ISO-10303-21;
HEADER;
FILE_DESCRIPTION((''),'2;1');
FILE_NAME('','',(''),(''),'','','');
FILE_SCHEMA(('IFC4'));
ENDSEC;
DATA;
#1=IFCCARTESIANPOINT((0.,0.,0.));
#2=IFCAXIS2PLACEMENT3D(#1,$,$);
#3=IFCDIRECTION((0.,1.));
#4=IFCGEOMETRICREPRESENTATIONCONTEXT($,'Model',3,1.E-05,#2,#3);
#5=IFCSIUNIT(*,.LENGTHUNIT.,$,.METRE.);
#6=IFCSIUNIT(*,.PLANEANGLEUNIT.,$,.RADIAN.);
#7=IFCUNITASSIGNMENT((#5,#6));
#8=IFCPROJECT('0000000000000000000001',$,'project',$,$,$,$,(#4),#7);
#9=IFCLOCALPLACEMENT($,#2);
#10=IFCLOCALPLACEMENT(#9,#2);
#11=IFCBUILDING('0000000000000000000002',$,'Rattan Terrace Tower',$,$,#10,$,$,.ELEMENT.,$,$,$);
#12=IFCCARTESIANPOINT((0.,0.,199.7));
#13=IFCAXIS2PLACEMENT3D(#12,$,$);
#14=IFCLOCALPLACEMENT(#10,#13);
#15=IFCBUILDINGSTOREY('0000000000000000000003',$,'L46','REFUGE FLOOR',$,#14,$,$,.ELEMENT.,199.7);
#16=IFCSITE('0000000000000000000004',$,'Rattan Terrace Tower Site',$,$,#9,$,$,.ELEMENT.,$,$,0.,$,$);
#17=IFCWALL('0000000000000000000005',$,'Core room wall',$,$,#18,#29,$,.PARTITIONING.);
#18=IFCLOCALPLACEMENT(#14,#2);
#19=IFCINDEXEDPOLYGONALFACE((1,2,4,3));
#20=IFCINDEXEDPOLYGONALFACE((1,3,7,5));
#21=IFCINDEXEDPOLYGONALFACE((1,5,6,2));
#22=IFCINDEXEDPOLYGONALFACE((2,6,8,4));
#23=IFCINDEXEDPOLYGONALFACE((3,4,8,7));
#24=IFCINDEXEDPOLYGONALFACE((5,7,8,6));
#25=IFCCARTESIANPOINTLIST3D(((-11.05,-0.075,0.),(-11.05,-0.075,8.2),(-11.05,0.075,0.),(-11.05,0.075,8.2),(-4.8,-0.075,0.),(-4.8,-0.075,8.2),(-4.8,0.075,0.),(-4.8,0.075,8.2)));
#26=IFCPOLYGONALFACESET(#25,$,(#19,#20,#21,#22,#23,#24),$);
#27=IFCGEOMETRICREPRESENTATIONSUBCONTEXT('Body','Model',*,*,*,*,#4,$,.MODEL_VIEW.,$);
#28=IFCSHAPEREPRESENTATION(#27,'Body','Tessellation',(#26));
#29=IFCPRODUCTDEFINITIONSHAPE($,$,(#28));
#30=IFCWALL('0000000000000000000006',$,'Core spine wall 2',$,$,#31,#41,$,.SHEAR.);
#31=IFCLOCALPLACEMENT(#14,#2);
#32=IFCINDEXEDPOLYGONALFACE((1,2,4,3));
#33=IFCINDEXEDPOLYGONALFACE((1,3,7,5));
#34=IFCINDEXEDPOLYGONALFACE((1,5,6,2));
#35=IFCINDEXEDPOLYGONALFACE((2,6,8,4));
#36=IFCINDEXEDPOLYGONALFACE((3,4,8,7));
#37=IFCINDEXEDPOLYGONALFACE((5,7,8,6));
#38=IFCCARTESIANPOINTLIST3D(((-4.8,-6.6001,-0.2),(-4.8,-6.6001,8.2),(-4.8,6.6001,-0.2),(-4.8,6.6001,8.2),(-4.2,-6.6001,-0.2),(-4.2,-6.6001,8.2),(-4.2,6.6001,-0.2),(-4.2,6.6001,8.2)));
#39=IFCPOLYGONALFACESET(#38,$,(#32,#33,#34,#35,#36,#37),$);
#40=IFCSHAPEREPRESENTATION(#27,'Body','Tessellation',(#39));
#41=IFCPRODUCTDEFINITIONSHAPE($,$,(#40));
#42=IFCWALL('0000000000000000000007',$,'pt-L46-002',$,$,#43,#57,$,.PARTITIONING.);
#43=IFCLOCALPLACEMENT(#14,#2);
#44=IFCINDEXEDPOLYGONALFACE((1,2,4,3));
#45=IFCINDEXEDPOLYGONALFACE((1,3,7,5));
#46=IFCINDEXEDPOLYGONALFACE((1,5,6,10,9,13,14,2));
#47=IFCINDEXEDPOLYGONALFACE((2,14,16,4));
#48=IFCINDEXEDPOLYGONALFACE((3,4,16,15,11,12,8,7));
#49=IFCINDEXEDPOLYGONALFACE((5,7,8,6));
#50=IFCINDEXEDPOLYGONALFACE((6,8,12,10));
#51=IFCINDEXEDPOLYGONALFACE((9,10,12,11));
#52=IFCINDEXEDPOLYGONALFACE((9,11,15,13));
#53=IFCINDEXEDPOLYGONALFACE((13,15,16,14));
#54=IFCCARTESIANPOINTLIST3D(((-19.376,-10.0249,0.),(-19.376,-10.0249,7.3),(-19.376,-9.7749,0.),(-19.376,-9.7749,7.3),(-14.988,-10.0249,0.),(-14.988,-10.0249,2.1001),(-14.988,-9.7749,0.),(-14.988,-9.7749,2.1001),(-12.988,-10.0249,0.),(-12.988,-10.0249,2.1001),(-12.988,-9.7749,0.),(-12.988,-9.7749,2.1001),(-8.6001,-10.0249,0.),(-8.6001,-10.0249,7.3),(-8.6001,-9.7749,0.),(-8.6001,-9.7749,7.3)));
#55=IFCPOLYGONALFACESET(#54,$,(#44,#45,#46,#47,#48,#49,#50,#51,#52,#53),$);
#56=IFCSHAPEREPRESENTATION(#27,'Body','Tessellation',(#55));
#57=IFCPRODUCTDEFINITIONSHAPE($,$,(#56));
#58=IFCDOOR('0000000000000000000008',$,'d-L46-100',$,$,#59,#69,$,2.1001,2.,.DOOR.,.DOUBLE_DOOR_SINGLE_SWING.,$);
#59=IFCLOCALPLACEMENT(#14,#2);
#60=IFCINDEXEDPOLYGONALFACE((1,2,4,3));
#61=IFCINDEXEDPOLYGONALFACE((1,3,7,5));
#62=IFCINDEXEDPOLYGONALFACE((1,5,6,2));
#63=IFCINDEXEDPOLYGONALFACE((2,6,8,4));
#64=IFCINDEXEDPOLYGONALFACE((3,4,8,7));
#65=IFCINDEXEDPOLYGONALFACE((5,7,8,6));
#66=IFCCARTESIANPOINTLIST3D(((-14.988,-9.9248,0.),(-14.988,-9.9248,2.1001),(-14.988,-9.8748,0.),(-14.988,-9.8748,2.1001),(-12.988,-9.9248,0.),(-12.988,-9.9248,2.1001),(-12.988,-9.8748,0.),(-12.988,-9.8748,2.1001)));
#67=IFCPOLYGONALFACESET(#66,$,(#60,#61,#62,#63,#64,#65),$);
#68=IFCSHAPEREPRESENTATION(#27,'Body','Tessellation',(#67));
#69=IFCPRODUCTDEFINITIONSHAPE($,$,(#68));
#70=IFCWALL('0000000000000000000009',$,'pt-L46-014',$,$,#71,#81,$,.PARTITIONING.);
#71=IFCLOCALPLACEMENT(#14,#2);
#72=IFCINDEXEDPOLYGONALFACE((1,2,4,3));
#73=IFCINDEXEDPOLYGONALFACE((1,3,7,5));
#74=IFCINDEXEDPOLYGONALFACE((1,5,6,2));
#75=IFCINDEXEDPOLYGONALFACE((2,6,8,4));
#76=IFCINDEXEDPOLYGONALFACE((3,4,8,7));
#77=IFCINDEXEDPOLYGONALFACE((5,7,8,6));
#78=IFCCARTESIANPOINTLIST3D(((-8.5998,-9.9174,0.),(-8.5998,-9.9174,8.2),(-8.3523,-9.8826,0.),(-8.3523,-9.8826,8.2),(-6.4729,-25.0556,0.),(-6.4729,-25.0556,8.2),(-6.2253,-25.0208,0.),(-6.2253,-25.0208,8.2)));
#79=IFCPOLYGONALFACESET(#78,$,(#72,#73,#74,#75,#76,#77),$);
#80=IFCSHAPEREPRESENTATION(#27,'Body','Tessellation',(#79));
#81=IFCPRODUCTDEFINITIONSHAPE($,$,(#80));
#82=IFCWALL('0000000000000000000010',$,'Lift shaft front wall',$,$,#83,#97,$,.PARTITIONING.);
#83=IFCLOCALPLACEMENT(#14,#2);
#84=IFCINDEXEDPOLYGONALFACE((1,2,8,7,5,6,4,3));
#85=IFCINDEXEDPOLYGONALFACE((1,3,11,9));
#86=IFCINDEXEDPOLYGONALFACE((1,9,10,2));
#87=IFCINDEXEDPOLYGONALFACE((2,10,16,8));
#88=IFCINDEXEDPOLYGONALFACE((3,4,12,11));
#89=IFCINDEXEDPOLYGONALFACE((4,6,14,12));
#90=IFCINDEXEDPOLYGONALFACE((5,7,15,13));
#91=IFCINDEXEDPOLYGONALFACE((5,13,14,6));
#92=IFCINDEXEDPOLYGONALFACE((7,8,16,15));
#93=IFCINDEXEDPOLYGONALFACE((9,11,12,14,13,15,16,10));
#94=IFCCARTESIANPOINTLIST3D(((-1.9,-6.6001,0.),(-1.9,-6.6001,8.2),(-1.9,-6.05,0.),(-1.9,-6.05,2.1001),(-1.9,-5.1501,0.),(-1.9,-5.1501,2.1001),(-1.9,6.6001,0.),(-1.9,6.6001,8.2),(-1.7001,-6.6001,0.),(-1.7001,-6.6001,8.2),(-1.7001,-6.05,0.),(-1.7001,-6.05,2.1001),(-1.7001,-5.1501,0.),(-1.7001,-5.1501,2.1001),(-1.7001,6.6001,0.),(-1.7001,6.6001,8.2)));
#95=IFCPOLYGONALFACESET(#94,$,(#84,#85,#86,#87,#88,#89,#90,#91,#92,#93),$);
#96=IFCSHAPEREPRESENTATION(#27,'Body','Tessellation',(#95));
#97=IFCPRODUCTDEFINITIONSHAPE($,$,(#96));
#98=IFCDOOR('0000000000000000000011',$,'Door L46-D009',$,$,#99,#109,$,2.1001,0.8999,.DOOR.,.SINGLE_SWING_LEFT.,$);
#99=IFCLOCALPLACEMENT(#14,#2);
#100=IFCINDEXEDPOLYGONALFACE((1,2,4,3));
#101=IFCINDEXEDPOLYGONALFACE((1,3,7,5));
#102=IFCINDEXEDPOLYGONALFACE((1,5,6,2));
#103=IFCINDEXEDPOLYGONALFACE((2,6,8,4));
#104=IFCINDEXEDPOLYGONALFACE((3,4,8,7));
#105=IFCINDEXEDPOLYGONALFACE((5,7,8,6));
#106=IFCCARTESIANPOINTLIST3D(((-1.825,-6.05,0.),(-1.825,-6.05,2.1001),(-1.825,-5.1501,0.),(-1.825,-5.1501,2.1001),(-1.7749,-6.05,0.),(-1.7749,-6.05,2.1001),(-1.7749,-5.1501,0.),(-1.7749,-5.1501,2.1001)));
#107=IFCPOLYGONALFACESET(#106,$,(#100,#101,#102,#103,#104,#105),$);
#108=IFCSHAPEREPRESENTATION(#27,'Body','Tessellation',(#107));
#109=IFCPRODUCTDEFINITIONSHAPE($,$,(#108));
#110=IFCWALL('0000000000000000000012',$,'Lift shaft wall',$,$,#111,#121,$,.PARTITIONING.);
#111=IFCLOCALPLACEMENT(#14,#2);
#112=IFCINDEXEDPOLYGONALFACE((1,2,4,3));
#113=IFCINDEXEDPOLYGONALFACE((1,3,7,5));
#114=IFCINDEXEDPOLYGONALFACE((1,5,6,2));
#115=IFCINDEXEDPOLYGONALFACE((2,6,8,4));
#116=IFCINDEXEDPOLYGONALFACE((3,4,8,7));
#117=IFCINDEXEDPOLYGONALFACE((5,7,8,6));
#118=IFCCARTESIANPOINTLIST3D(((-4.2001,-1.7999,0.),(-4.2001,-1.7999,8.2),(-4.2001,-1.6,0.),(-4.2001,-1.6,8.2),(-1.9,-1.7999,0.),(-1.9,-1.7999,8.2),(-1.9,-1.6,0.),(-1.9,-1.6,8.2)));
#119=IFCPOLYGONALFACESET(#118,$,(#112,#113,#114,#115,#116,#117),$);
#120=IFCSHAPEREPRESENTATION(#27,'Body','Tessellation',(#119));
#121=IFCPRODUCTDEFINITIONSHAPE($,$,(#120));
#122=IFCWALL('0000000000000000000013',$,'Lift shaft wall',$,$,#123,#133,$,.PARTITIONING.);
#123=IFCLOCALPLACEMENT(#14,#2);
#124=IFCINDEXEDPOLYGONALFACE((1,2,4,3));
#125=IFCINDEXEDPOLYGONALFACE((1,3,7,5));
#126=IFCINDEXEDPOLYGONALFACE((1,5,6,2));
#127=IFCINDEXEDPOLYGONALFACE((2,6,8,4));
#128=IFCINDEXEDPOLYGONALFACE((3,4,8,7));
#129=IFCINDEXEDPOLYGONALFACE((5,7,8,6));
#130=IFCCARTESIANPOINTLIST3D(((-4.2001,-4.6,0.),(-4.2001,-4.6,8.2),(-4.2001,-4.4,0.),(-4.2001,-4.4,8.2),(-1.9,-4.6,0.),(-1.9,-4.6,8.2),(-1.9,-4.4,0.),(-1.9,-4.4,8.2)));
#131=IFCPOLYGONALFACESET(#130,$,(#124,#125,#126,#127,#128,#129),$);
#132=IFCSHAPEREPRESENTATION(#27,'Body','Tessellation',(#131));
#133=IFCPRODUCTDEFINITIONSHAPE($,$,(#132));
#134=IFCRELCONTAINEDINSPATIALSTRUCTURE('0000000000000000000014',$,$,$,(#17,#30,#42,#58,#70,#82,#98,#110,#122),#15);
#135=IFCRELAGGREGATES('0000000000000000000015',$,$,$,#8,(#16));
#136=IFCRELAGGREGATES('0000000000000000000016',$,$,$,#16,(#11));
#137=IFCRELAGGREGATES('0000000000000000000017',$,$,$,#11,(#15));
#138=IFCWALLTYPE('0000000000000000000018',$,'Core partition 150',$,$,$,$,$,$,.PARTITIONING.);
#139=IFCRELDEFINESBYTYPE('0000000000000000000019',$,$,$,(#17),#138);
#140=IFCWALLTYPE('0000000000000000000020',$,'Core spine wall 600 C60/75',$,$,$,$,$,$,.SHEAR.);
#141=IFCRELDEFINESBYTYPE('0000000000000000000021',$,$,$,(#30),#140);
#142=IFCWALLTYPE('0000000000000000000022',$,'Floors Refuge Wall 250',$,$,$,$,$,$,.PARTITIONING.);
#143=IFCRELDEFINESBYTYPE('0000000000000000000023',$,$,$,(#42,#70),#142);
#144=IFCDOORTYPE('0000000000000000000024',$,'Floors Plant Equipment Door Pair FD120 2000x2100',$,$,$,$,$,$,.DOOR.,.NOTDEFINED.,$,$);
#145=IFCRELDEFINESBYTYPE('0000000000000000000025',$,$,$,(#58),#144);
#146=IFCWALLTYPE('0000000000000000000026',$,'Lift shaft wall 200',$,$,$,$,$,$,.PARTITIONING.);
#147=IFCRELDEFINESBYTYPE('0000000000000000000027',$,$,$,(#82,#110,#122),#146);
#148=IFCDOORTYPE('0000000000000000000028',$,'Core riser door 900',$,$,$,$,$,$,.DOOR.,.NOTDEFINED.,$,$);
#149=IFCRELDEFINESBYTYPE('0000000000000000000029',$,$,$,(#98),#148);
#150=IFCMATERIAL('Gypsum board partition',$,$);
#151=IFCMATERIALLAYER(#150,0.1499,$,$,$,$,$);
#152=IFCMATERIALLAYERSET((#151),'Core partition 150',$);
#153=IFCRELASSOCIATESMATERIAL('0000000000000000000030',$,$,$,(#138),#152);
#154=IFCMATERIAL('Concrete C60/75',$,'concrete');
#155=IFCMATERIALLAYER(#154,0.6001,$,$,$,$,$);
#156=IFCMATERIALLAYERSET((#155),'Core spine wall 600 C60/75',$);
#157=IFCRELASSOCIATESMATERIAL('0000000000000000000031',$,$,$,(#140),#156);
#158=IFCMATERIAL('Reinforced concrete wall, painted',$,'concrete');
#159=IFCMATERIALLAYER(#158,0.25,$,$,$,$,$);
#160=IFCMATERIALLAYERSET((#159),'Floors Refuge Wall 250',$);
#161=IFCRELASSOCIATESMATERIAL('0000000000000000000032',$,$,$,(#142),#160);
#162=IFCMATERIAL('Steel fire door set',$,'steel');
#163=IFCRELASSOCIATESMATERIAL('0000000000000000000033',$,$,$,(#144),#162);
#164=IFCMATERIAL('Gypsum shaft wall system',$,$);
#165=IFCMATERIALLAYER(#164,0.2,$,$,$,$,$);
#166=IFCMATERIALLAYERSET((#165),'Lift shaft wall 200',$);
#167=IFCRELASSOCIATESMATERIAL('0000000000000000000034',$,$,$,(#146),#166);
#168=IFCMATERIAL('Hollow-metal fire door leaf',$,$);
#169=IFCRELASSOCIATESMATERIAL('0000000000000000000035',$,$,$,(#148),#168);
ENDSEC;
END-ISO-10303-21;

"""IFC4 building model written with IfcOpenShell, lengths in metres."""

from ifc_helpers import new_model, si_unit, direction, frame, frame_2d, origin, place, context, subcontext, project, spatial, rectangle, extrude, material, layer, layer_set, type_object, element, fill, save


model = new_model("IFC4")

# Units and contexts
model_context = context("Model", 3, precision=1e-05, world=origin(), true_north=direction((0.0, 1.0)))
body_context = subcontext(model_context, "Body", "Model", "MODEL_VIEW")
ifc_project = project(units=[si_unit("LENGTHUNIT", "METRE"), si_unit("PLANEANGLEUNIT", "RADIAN")], contexts=[model_context])

# Site, building, storey
site_placement = place(None, origin())
site = spatial("IfcSite", under=ifc_project, at=site_placement, Name="Rattan Terrace Tower Site", CompositionType="ELEMENT", RefElevation=0.0)
building_placement = place(site_placement, origin())
building = spatial("IfcBuilding", under=site, at=building_placement, Name="Rattan Terrace Tower", CompositionType="ELEMENT")
storey_placement = place(building_placement, frame((0.0, 0.0, 199.7)))
storey = spatial("IfcBuildingStorey", under=building, at=storey_placement, Name="L46", Description="REFUGE FLOOR", CompositionType="ELEMENT", Elevation=199.7)

# Shared definitions
ifc_material_1 = material(Name="Gypsum board partition")
ifc_layer_1 = layer(ifc_material_1, 0.1499)
ifc_layer_set_1 = layer_set([ifc_layer_1], Name="Core partition 150")
wall_type_1 = type_object("IfcWallType", Name="Core partition 150", PredefinedType="PARTITIONING", material=ifc_layer_set_1)

# Walls
wall_1_placement = place(storey_placement, frame((-11.05, 0.0, 0.0), z_axis=(0.0, 0.0, 1.0), x_axis=(1.0, 0.0, 0.0)))
element("IfcWall", 1, at=wall_1_placement, inside=storey, type_object=wall_type_1, Name="Core room wall", PredefinedType="PARTITIONING", context=body_context, shape_type="SweptSolid", body=[
    extrude(rectangle(XDim=6.25, YDim=0.1499, at=frame_2d((3.125, 0.0))), origin(), (0.0, 0.0, 1.0), 8.2),
])
ifc_material_2 = material(Name="Concrete C60/75", Category="concrete")
ifc_layer_2 = layer(ifc_material_2, 0.6001)
ifc_layer_set_2 = layer_set([ifc_layer_2], Name="Core spine wall 600 C60/75")
wall_type_2 = type_object("IfcWallType", Name="Core spine wall 600 C60/75", PredefinedType="SHEAR", material=ifc_layer_set_2)
wall_2_placement = place(storey_placement, frame((-4.5, -6.6001, -0.2), z_axis=(0.0, 0.0, 1.0), x_axis=(0.0, 1.0, 0.0)))
element("IfcWall", 2, at=wall_2_placement, inside=storey, type_object=wall_type_2, Name="Core spine wall 2", PredefinedType="SHEAR", context=body_context, shape_type="SweptSolid", body=[
    extrude(rectangle(XDim=13.2002, YDim=0.6001, at=frame_2d((6.6001, 0.0))), origin(), (0.0, 0.0, 1.0), 8.3999),
])

# Wall, opening, door
ifc_material_3 = material(Name="Reinforced concrete wall, painted", Category="concrete")
ifc_layer_3 = layer(ifc_material_3, 0.25)
ifc_layer_set_3 = layer_set([ifc_layer_3], Name="Floors Refuge Wall 250")
wall_type_3 = type_object("IfcWallType", Name="Floors Refuge Wall 250", PredefinedType="PARTITIONING", material=ifc_layer_set_3)
wall_3_placement = place(storey_placement, frame((-8.6001, -9.8999, 0.0), z_axis=(0.0, 0.0, 1.0), x_axis=(-1.0, 0.0, 0.0)))
wall_3 = element("IfcWall", 3, at=wall_3_placement, inside=storey, type_object=wall_type_3, Name="pt-L46-002", PredefinedType="PARTITIONING", context=body_context, shape_type="SweptSolid", body=[
    extrude(rectangle(XDim=10.7759, YDim=0.25, at=frame_2d((5.3879, 0.0))), origin(), (0.0, 0.0, 1.0), 7.3),
])
opening_1_placement = place(wall_3_placement, frame((4.3879, 0.0, 0.0)))
opening_1 = element("IfcOpeningElement", 4, at=opening_1_placement, cuts=wall_3, PredefinedType="OPENING", context=body_context, shape_type="SweptSolid", body=[
    extrude(rectangle(XDim=2.0, YDim=2.1001, at=frame_2d((1.0, 1.05))), frame((0.0, 0.1355, 0.0), z_axis=(0.0, -1.0, 0.0), x_axis=(1.0, 0.0, 0.0)), (0.0, 0.0, 1.0), 0.271),
])
ifc_material_4 = material(Name="Steel fire door set", Category="steel")
door_type_1 = type_object("IfcDoorType", Name="Floors Plant Equipment Door Pair FD120 2000x2100", OperationType="NOTDEFINED", PredefinedType="DOOR", material=ifc_material_4)
door_1_placement = place(opening_1_placement, origin())
door_1 = element("IfcDoor", 5, at=door_1_placement, inside=storey, type_object=door_type_1, Name="d-L46-100", OperationType="DOUBLE_DOOR_SINGLE_SWING", OverallHeight=2.1001, OverallWidth=2.0, PredefinedType="DOOR", context=body_context, shape_type="SweptSolid", body=[
    extrude(rectangle(XDim=2.0, YDim=2.1001, at=frame_2d((1.0, 1.05))), frame((0.0, 0.0249, 0.0), z_axis=(0.0, -1.0, 0.0), x_axis=(1.0, 0.0, 0.0)), (0.0, 0.0, 1.0), 0.05),
])
fill(opening_1, door_1)

# Wall
wall_4_placement = place(storey_placement, frame((-8.4761, -9.8999, 0.0), z_axis=(0.0, 0.0, 1.0), x_axis=(0.139136, -0.990273, 0.0)))
element("IfcWall", 6, at=wall_4_placement, inside=storey, type_object=wall_type_3, Name="pt-L46-014", PredefinedType="PARTITIONING", context=body_context, shape_type="SweptSolid", body=[
    extrude(rectangle(XDim=15.2869, YDim=0.25, at=frame_2d((7.6436, 0.0))), origin(), (0.0, 0.0, 1.0), 8.2),
])

# Wall, opening, door
ifc_material_5 = material(Name="Gypsum shaft wall system")
ifc_layer_4 = layer(ifc_material_5, 0.2)
ifc_layer_set_4 = layer_set([ifc_layer_4], Name="Lift shaft wall 200")
wall_type_4 = type_object("IfcWallType", Name="Lift shaft wall 200", PredefinedType="PARTITIONING", material=ifc_layer_set_4)
wall_5_placement = place(storey_placement, frame((-1.8, -6.6001, 0.0), z_axis=(0.0, 0.0, 1.0), x_axis=(0.0, 1.0, 0.0)))
wall_5 = element("IfcWall", 7, at=wall_5_placement, inside=storey, type_object=wall_type_4, Name="Lift shaft front wall", PredefinedType="PARTITIONING", context=body_context, shape_type="SweptSolid", body=[
    extrude(rectangle(XDim=13.2002, YDim=0.2, at=frame_2d((6.6001, 0.0))), origin(), (0.0, 0.0, 1.0), 8.2),
])
opening_2_placement = place(wall_5_placement, frame((0.55, 0.0, 0.0)))
opening_2 = element("IfcOpeningElement", 8, at=opening_2_placement, cuts=wall_5, PredefinedType="OPENING", context=body_context, shape_type="SweptSolid", body=[
    extrude(rectangle(XDim=0.8999, YDim=2.1001, at=frame_2d((0.45, 1.05))), frame((0.0, 0.1106, 0.0), z_axis=(0.0, -1.0, 0.0), x_axis=(1.0, 0.0, 0.0)), (0.0, 0.0, 1.0), 0.2209),
])
ifc_material_6 = material(Name="Hollow-metal fire door leaf")
door_type_2 = type_object("IfcDoorType", Name="Core riser door 900", OperationType="NOTDEFINED", PredefinedType="DOOR", material=ifc_material_6)
door_2_placement = place(opening_2_placement, origin())
door_2 = element("IfcDoor", 9, at=door_2_placement, inside=storey, type_object=door_type_2, Name="Door L46-D009", OperationType="SINGLE_SWING_LEFT", OverallHeight=2.1001, OverallWidth=0.8999, PredefinedType="DOOR", context=body_context, shape_type="SweptSolid", body=[
    extrude(rectangle(XDim=0.8999, YDim=2.1001, at=frame_2d((0.45, 1.05))), frame((0.0, 0.0249, 0.0), z_axis=(0.0, -1.0, 0.0), x_axis=(1.0, 0.0, 0.0)), (0.0, 0.0, 1.0), 0.05),
])
fill(opening_2, door_2)

# Walls
for number, where, z_axis, x_axis, name in (
    (10, (-4.2, -1.7, 0.0), (0.0, 0.0, 1.0), (1.0, 0.0, 0.0), "Lift shaft wall"),
    (11, (-4.2, -4.5, 0.0), (0.0, 0.0, 1.0), (1.0, 0.0, 0.0), "Lift shaft wall"),
):
    element("IfcWall", number, at=place(storey_placement, frame(where, z_axis=z_axis, x_axis=x_axis)), inside=storey, type_object=wall_type_4, Name=name, PredefinedType="PARTITIONING", context=body_context, shape_type="SweptSolid", body=[
        extrude(rectangle(XDim=2.3, YDim=0.2, at=frame_2d((1.1499, 0.0))), origin(), (0.0, 0.0, 1.0), 8.2),
    ])

save(model, "model.ifc")
